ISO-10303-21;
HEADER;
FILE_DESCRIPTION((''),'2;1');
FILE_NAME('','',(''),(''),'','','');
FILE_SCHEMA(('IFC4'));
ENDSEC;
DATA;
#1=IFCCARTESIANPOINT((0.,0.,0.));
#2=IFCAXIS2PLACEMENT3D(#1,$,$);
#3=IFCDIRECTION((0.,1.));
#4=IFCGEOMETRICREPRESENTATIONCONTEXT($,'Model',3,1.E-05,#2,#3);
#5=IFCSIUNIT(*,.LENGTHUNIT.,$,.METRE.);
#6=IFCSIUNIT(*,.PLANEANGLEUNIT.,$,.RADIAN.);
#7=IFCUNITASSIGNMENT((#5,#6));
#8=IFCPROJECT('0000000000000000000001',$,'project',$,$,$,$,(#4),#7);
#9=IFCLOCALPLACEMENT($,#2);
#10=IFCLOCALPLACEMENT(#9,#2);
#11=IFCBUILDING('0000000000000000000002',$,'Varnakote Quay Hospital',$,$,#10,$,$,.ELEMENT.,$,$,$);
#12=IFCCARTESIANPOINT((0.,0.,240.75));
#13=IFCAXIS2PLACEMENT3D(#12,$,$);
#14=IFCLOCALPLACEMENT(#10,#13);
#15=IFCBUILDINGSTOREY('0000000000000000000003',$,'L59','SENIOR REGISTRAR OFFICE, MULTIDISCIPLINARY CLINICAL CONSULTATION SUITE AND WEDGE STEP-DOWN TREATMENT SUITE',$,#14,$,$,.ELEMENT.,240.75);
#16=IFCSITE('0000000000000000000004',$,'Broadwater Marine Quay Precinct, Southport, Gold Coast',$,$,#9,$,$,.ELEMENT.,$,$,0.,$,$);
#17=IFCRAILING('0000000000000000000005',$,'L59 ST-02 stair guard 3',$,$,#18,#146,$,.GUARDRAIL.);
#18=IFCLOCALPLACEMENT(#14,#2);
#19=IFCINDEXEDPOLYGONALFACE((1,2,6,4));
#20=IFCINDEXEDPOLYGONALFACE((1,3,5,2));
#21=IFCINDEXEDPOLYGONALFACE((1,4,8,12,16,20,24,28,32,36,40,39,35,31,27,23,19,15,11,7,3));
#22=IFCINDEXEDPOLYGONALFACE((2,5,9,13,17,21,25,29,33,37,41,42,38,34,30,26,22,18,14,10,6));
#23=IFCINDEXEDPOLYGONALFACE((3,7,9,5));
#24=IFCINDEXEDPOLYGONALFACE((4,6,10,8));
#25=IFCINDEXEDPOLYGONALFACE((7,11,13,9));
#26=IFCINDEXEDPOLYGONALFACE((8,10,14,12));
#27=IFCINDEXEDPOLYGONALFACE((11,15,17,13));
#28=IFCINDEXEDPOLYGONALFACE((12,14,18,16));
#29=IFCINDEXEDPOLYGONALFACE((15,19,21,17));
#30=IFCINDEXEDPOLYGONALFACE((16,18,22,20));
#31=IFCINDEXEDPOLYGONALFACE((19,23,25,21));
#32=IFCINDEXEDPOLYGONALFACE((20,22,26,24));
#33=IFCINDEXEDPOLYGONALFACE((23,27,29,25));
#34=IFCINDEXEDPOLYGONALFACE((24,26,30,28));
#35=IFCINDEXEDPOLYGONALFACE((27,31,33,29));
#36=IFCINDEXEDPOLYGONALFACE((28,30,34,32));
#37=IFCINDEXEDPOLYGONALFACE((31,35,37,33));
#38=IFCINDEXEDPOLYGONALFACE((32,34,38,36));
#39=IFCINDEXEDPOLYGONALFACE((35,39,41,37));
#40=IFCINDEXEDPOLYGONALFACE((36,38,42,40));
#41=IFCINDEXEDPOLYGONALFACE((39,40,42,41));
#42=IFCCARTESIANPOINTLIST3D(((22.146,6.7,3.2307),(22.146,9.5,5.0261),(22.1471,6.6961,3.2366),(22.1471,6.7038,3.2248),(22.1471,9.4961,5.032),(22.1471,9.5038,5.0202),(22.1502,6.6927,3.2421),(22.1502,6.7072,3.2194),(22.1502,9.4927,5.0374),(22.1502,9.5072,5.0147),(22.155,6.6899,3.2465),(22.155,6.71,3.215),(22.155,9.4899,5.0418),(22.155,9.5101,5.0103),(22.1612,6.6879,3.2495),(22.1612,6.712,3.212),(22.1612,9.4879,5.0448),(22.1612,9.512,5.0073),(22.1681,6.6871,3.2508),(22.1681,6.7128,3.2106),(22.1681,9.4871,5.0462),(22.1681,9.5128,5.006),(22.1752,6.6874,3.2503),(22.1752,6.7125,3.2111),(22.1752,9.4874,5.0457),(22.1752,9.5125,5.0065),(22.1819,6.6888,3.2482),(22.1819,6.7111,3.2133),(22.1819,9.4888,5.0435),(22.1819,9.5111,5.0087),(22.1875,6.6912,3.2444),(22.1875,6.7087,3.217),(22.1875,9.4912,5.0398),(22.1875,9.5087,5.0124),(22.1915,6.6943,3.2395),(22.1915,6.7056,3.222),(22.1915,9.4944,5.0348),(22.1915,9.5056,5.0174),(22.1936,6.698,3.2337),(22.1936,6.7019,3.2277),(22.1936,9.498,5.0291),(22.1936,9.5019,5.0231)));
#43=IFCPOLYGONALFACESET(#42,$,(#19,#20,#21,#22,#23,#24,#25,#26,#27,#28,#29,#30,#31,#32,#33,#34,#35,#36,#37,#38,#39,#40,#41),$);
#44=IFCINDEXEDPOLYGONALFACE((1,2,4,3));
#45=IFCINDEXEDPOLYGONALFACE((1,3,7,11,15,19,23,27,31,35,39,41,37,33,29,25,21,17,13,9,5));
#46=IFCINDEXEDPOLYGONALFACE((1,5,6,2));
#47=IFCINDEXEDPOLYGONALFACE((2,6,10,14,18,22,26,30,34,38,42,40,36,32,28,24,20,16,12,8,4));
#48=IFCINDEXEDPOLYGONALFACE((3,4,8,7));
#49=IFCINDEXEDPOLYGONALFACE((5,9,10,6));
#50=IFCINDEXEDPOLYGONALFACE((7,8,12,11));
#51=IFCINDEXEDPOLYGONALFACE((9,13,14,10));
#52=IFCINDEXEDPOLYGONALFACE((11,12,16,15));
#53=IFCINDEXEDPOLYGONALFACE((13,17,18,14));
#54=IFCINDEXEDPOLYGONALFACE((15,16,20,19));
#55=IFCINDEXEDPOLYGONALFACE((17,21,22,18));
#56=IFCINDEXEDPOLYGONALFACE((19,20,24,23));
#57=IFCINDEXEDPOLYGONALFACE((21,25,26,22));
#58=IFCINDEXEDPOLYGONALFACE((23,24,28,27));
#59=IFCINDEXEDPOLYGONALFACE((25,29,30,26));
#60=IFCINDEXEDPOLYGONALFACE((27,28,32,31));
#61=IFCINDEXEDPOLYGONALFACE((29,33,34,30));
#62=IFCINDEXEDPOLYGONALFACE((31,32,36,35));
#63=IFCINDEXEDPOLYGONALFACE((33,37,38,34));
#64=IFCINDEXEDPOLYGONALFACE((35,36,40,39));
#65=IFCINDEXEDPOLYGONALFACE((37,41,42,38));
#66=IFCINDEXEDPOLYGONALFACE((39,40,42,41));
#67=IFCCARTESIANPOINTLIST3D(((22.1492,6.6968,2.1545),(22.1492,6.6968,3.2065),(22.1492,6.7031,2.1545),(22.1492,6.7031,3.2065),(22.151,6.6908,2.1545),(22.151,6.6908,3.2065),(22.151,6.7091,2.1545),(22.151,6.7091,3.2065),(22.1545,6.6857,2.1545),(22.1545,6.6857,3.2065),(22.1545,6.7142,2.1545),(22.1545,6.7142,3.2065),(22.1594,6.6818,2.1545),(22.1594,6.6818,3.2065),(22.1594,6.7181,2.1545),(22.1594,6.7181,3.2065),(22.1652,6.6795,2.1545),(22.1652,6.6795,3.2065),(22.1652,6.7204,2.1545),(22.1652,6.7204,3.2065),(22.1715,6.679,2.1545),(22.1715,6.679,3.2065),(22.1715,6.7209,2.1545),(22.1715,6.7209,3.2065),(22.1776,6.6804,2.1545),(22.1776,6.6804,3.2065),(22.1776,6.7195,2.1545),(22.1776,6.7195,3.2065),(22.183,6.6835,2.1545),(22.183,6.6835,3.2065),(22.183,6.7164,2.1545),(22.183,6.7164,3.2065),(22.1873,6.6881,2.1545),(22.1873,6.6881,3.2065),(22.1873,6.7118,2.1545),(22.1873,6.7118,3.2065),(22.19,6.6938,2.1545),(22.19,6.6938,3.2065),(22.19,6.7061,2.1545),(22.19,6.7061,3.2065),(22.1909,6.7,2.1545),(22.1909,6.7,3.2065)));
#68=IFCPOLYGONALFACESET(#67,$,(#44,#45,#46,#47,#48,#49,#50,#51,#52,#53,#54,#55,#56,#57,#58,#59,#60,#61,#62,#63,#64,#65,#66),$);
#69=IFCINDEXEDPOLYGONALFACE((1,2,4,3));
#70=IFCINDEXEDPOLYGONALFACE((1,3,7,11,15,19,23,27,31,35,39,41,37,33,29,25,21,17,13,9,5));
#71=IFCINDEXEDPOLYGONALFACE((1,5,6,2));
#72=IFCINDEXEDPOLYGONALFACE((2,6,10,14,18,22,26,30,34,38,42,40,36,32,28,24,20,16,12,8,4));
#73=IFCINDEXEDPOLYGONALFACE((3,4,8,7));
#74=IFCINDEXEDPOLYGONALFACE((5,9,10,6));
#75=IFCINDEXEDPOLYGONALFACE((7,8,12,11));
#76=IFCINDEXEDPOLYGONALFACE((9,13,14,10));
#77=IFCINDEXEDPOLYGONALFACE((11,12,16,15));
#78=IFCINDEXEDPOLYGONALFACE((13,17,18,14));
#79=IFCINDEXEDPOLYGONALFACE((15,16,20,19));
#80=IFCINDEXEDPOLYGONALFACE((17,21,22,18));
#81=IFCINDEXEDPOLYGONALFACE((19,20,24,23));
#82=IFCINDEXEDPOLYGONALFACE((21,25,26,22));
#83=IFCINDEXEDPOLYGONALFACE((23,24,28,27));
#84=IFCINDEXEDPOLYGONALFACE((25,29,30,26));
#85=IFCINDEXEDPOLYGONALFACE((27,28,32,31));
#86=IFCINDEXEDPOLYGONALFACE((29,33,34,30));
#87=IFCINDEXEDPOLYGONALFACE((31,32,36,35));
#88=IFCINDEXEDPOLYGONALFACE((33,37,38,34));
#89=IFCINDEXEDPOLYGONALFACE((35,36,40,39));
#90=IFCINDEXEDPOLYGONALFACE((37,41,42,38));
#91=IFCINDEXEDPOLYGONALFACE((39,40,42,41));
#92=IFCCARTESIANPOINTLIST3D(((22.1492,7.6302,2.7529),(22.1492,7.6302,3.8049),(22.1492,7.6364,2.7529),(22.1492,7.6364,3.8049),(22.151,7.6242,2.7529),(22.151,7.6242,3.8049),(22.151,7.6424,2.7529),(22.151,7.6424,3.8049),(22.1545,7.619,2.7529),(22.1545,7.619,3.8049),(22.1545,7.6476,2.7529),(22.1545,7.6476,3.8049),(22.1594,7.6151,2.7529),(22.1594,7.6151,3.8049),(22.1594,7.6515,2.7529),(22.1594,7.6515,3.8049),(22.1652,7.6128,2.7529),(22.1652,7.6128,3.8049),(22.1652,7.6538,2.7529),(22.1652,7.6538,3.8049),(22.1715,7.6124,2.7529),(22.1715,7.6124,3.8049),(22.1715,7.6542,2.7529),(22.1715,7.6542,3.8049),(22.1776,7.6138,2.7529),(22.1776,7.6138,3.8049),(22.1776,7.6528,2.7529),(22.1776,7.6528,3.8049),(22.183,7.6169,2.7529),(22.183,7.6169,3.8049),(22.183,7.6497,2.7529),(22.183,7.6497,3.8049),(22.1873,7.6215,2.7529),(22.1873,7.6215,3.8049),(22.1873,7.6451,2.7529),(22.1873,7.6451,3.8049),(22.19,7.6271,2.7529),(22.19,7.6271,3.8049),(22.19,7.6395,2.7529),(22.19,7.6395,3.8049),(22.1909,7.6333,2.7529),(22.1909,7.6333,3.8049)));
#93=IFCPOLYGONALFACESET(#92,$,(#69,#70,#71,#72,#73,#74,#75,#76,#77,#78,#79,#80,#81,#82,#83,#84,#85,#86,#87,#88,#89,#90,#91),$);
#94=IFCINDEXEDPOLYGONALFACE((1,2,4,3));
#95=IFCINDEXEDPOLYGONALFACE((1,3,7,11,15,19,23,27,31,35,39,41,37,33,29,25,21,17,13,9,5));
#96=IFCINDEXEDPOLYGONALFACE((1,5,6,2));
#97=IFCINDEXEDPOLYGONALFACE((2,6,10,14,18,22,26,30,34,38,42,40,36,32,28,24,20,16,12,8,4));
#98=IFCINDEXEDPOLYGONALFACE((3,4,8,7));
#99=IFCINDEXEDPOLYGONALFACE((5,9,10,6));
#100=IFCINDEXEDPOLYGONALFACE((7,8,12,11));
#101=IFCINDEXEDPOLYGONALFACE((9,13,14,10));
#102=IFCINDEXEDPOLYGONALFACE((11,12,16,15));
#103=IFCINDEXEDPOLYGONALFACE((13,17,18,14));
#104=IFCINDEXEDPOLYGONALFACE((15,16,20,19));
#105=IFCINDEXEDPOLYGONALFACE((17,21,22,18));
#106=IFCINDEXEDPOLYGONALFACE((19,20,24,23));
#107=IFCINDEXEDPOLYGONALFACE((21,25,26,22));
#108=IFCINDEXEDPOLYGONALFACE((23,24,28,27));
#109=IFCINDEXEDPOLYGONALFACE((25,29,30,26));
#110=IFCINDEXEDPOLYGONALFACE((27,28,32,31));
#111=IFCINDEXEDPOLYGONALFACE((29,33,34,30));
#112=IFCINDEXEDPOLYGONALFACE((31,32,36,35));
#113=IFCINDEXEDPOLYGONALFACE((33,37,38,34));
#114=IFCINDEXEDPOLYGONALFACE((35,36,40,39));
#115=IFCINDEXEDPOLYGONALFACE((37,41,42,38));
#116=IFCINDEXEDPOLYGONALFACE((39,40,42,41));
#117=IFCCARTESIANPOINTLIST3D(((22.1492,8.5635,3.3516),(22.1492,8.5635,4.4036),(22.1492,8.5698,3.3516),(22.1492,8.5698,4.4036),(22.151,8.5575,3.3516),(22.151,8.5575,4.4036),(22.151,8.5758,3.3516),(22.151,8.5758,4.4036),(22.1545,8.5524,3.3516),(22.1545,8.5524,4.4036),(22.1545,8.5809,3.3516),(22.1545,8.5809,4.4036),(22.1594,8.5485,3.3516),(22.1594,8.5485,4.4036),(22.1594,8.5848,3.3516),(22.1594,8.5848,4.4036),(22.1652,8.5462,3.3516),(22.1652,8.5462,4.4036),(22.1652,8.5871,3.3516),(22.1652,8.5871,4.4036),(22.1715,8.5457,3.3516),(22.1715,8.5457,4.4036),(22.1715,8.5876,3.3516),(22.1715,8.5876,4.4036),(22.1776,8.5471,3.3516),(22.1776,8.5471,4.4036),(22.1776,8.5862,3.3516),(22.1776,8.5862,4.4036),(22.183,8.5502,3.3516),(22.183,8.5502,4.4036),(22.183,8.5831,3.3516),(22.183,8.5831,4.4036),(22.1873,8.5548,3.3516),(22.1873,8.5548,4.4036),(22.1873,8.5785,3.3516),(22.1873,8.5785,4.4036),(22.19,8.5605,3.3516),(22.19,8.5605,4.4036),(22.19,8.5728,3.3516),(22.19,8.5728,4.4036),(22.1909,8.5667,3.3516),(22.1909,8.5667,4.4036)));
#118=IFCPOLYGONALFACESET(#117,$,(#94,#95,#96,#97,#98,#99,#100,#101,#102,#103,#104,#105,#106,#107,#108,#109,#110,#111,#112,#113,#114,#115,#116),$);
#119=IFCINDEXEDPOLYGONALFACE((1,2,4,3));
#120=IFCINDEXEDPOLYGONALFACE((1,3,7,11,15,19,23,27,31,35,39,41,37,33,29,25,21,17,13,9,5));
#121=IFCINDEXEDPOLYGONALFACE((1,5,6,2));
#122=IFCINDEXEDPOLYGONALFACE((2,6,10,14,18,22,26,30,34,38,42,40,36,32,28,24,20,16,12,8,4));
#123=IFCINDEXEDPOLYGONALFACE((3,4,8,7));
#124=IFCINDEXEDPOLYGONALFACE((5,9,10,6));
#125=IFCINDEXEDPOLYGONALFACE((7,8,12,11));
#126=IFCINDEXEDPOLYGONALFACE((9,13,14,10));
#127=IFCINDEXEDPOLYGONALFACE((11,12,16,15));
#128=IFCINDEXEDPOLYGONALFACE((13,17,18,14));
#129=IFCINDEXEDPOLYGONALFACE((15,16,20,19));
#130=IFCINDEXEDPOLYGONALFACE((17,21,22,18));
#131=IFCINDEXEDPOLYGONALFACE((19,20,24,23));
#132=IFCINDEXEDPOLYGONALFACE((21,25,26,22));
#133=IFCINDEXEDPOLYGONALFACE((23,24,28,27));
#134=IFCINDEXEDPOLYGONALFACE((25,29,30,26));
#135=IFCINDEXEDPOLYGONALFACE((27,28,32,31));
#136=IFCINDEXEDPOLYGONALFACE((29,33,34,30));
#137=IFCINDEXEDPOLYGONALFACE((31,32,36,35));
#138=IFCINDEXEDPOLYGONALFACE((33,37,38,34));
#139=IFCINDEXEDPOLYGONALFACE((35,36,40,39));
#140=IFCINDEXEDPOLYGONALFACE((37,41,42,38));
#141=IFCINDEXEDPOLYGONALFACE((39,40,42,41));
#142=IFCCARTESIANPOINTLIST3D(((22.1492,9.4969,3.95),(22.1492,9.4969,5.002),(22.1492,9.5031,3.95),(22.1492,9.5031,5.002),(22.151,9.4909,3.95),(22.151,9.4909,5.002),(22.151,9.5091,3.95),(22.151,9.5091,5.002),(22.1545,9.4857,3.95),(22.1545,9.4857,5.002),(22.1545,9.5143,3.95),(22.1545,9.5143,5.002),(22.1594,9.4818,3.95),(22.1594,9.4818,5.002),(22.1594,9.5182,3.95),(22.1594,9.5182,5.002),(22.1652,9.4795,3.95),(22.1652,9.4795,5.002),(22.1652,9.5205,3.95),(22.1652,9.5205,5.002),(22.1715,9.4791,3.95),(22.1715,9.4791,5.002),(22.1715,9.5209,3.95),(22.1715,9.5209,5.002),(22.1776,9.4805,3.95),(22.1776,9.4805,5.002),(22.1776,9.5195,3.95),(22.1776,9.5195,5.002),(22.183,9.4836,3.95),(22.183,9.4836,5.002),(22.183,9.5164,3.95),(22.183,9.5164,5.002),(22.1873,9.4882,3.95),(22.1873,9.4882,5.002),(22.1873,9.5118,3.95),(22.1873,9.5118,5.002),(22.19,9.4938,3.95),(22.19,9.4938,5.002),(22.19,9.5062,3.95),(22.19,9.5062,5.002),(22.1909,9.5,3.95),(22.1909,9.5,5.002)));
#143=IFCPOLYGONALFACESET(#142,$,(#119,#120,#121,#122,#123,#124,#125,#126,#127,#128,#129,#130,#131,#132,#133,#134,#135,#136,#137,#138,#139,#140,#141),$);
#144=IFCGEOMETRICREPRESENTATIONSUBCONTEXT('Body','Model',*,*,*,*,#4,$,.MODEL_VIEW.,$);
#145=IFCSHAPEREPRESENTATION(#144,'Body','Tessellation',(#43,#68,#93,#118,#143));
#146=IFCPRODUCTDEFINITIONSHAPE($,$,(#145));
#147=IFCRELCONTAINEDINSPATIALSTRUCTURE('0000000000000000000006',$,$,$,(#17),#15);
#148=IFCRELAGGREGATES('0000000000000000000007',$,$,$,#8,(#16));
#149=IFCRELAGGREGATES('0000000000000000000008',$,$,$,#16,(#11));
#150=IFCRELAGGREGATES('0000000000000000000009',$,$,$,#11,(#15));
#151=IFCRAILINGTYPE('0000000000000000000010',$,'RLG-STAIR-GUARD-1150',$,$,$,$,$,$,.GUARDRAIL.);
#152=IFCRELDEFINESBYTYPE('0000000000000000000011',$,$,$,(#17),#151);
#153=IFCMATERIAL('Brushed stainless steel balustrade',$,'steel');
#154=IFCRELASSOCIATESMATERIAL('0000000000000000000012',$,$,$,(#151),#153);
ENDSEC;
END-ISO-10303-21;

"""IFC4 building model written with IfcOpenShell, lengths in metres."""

from ifc_helpers import new_model, si_unit, direction, frame, origin, origin_2d, place, context, subcontext, project, spatial, circle, extrude, material, type_object, element, save


model = new_model("IFC4")

# Units and contexts
model_context = context("Model", 3, precision=1e-05, world=origin(), true_north=direction((0.0, 1.0)))
body_context = subcontext(model_context, "Body", "Model", "MODEL_VIEW")
ifc_project = project(units=[si_unit("LENGTHUNIT", "METRE"), si_unit("PLANEANGLEUNIT", "RADIAN")], contexts=[model_context])

# Site, building, storey
site_placement = place(None, origin())
site = spatial("IfcSite", under=ifc_project, at=site_placement, Name="Broadwater Marine Quay Precinct, Southport, Gold Coast", CompositionType="ELEMENT", RefElevation=0.0)
building_placement = place(site_placement, origin())
building = spatial("IfcBuilding", under=site, at=building_placement, Name="Varnakote Quay Hospital", CompositionType="ELEMENT")
storey_placement = place(building_placement, frame((0.0, 0.0, 240.75)))
storey = spatial("IfcBuildingStorey", under=building, at=storey_placement, Name="L59", Description="SENIOR REGISTRAR OFFICE, MULTIDISCIPLINARY CLINICAL CONSULTATION SUITE AND WEDGE STEP-DOWN TREATMENT SUITE", CompositionType="ELEMENT", Elevation=240.75)

# Railing
ifc_material_1 = material(Name="Brushed stainless steel balustrade", Category="steel")
railing_type_1 = type_object("IfcRailingType", Name="RLG-STAIR-GUARD-1150", PredefinedType="GUARDRAIL", material=ifc_material_1)
railing_1_placement = place(storey_placement, frame((22.1699, 6.7, 2.1545)))
element("IfcRailing", 1, at=railing_1_placement, inside=storey, type_object=railing_type_1, Name="L59 ST-02 stair guard 3", PredefinedType="GUARDRAIL", context=body_context, shape_type="SweptSolid", body=[
    extrude(circle(Radius=0.0239, at=origin_2d()), frame((0.0, 0.0, 1.0762), z_axis=(0.0, 0.84181, 0.539774), x_axis=(-1.0, 0.0, 0.0)), (0.0, 0.0, 1.0), 3.3262),
    extrude(circle(Radius=0.021, at=origin_2d()), origin(), (0.0, 0.0, 1.0), 1.052),
    extrude(circle(Radius=0.021, at=origin_2d()), frame((0.0, 0.9333, 0.5984)), (0.0, 0.0, 1.0), 1.052),
    extrude(circle(Radius=0.021, at=origin_2d()), frame((0.0, 1.8667, 1.197)), (0.0, 0.0, 1.0), 1.052),
    extrude(circle(Radius=0.021, at=origin_2d()), frame((0.0, 2.8, 1.7954)), (0.0, 0.0, 1.0), 1.052),
])

save(model, "model.ifc")
